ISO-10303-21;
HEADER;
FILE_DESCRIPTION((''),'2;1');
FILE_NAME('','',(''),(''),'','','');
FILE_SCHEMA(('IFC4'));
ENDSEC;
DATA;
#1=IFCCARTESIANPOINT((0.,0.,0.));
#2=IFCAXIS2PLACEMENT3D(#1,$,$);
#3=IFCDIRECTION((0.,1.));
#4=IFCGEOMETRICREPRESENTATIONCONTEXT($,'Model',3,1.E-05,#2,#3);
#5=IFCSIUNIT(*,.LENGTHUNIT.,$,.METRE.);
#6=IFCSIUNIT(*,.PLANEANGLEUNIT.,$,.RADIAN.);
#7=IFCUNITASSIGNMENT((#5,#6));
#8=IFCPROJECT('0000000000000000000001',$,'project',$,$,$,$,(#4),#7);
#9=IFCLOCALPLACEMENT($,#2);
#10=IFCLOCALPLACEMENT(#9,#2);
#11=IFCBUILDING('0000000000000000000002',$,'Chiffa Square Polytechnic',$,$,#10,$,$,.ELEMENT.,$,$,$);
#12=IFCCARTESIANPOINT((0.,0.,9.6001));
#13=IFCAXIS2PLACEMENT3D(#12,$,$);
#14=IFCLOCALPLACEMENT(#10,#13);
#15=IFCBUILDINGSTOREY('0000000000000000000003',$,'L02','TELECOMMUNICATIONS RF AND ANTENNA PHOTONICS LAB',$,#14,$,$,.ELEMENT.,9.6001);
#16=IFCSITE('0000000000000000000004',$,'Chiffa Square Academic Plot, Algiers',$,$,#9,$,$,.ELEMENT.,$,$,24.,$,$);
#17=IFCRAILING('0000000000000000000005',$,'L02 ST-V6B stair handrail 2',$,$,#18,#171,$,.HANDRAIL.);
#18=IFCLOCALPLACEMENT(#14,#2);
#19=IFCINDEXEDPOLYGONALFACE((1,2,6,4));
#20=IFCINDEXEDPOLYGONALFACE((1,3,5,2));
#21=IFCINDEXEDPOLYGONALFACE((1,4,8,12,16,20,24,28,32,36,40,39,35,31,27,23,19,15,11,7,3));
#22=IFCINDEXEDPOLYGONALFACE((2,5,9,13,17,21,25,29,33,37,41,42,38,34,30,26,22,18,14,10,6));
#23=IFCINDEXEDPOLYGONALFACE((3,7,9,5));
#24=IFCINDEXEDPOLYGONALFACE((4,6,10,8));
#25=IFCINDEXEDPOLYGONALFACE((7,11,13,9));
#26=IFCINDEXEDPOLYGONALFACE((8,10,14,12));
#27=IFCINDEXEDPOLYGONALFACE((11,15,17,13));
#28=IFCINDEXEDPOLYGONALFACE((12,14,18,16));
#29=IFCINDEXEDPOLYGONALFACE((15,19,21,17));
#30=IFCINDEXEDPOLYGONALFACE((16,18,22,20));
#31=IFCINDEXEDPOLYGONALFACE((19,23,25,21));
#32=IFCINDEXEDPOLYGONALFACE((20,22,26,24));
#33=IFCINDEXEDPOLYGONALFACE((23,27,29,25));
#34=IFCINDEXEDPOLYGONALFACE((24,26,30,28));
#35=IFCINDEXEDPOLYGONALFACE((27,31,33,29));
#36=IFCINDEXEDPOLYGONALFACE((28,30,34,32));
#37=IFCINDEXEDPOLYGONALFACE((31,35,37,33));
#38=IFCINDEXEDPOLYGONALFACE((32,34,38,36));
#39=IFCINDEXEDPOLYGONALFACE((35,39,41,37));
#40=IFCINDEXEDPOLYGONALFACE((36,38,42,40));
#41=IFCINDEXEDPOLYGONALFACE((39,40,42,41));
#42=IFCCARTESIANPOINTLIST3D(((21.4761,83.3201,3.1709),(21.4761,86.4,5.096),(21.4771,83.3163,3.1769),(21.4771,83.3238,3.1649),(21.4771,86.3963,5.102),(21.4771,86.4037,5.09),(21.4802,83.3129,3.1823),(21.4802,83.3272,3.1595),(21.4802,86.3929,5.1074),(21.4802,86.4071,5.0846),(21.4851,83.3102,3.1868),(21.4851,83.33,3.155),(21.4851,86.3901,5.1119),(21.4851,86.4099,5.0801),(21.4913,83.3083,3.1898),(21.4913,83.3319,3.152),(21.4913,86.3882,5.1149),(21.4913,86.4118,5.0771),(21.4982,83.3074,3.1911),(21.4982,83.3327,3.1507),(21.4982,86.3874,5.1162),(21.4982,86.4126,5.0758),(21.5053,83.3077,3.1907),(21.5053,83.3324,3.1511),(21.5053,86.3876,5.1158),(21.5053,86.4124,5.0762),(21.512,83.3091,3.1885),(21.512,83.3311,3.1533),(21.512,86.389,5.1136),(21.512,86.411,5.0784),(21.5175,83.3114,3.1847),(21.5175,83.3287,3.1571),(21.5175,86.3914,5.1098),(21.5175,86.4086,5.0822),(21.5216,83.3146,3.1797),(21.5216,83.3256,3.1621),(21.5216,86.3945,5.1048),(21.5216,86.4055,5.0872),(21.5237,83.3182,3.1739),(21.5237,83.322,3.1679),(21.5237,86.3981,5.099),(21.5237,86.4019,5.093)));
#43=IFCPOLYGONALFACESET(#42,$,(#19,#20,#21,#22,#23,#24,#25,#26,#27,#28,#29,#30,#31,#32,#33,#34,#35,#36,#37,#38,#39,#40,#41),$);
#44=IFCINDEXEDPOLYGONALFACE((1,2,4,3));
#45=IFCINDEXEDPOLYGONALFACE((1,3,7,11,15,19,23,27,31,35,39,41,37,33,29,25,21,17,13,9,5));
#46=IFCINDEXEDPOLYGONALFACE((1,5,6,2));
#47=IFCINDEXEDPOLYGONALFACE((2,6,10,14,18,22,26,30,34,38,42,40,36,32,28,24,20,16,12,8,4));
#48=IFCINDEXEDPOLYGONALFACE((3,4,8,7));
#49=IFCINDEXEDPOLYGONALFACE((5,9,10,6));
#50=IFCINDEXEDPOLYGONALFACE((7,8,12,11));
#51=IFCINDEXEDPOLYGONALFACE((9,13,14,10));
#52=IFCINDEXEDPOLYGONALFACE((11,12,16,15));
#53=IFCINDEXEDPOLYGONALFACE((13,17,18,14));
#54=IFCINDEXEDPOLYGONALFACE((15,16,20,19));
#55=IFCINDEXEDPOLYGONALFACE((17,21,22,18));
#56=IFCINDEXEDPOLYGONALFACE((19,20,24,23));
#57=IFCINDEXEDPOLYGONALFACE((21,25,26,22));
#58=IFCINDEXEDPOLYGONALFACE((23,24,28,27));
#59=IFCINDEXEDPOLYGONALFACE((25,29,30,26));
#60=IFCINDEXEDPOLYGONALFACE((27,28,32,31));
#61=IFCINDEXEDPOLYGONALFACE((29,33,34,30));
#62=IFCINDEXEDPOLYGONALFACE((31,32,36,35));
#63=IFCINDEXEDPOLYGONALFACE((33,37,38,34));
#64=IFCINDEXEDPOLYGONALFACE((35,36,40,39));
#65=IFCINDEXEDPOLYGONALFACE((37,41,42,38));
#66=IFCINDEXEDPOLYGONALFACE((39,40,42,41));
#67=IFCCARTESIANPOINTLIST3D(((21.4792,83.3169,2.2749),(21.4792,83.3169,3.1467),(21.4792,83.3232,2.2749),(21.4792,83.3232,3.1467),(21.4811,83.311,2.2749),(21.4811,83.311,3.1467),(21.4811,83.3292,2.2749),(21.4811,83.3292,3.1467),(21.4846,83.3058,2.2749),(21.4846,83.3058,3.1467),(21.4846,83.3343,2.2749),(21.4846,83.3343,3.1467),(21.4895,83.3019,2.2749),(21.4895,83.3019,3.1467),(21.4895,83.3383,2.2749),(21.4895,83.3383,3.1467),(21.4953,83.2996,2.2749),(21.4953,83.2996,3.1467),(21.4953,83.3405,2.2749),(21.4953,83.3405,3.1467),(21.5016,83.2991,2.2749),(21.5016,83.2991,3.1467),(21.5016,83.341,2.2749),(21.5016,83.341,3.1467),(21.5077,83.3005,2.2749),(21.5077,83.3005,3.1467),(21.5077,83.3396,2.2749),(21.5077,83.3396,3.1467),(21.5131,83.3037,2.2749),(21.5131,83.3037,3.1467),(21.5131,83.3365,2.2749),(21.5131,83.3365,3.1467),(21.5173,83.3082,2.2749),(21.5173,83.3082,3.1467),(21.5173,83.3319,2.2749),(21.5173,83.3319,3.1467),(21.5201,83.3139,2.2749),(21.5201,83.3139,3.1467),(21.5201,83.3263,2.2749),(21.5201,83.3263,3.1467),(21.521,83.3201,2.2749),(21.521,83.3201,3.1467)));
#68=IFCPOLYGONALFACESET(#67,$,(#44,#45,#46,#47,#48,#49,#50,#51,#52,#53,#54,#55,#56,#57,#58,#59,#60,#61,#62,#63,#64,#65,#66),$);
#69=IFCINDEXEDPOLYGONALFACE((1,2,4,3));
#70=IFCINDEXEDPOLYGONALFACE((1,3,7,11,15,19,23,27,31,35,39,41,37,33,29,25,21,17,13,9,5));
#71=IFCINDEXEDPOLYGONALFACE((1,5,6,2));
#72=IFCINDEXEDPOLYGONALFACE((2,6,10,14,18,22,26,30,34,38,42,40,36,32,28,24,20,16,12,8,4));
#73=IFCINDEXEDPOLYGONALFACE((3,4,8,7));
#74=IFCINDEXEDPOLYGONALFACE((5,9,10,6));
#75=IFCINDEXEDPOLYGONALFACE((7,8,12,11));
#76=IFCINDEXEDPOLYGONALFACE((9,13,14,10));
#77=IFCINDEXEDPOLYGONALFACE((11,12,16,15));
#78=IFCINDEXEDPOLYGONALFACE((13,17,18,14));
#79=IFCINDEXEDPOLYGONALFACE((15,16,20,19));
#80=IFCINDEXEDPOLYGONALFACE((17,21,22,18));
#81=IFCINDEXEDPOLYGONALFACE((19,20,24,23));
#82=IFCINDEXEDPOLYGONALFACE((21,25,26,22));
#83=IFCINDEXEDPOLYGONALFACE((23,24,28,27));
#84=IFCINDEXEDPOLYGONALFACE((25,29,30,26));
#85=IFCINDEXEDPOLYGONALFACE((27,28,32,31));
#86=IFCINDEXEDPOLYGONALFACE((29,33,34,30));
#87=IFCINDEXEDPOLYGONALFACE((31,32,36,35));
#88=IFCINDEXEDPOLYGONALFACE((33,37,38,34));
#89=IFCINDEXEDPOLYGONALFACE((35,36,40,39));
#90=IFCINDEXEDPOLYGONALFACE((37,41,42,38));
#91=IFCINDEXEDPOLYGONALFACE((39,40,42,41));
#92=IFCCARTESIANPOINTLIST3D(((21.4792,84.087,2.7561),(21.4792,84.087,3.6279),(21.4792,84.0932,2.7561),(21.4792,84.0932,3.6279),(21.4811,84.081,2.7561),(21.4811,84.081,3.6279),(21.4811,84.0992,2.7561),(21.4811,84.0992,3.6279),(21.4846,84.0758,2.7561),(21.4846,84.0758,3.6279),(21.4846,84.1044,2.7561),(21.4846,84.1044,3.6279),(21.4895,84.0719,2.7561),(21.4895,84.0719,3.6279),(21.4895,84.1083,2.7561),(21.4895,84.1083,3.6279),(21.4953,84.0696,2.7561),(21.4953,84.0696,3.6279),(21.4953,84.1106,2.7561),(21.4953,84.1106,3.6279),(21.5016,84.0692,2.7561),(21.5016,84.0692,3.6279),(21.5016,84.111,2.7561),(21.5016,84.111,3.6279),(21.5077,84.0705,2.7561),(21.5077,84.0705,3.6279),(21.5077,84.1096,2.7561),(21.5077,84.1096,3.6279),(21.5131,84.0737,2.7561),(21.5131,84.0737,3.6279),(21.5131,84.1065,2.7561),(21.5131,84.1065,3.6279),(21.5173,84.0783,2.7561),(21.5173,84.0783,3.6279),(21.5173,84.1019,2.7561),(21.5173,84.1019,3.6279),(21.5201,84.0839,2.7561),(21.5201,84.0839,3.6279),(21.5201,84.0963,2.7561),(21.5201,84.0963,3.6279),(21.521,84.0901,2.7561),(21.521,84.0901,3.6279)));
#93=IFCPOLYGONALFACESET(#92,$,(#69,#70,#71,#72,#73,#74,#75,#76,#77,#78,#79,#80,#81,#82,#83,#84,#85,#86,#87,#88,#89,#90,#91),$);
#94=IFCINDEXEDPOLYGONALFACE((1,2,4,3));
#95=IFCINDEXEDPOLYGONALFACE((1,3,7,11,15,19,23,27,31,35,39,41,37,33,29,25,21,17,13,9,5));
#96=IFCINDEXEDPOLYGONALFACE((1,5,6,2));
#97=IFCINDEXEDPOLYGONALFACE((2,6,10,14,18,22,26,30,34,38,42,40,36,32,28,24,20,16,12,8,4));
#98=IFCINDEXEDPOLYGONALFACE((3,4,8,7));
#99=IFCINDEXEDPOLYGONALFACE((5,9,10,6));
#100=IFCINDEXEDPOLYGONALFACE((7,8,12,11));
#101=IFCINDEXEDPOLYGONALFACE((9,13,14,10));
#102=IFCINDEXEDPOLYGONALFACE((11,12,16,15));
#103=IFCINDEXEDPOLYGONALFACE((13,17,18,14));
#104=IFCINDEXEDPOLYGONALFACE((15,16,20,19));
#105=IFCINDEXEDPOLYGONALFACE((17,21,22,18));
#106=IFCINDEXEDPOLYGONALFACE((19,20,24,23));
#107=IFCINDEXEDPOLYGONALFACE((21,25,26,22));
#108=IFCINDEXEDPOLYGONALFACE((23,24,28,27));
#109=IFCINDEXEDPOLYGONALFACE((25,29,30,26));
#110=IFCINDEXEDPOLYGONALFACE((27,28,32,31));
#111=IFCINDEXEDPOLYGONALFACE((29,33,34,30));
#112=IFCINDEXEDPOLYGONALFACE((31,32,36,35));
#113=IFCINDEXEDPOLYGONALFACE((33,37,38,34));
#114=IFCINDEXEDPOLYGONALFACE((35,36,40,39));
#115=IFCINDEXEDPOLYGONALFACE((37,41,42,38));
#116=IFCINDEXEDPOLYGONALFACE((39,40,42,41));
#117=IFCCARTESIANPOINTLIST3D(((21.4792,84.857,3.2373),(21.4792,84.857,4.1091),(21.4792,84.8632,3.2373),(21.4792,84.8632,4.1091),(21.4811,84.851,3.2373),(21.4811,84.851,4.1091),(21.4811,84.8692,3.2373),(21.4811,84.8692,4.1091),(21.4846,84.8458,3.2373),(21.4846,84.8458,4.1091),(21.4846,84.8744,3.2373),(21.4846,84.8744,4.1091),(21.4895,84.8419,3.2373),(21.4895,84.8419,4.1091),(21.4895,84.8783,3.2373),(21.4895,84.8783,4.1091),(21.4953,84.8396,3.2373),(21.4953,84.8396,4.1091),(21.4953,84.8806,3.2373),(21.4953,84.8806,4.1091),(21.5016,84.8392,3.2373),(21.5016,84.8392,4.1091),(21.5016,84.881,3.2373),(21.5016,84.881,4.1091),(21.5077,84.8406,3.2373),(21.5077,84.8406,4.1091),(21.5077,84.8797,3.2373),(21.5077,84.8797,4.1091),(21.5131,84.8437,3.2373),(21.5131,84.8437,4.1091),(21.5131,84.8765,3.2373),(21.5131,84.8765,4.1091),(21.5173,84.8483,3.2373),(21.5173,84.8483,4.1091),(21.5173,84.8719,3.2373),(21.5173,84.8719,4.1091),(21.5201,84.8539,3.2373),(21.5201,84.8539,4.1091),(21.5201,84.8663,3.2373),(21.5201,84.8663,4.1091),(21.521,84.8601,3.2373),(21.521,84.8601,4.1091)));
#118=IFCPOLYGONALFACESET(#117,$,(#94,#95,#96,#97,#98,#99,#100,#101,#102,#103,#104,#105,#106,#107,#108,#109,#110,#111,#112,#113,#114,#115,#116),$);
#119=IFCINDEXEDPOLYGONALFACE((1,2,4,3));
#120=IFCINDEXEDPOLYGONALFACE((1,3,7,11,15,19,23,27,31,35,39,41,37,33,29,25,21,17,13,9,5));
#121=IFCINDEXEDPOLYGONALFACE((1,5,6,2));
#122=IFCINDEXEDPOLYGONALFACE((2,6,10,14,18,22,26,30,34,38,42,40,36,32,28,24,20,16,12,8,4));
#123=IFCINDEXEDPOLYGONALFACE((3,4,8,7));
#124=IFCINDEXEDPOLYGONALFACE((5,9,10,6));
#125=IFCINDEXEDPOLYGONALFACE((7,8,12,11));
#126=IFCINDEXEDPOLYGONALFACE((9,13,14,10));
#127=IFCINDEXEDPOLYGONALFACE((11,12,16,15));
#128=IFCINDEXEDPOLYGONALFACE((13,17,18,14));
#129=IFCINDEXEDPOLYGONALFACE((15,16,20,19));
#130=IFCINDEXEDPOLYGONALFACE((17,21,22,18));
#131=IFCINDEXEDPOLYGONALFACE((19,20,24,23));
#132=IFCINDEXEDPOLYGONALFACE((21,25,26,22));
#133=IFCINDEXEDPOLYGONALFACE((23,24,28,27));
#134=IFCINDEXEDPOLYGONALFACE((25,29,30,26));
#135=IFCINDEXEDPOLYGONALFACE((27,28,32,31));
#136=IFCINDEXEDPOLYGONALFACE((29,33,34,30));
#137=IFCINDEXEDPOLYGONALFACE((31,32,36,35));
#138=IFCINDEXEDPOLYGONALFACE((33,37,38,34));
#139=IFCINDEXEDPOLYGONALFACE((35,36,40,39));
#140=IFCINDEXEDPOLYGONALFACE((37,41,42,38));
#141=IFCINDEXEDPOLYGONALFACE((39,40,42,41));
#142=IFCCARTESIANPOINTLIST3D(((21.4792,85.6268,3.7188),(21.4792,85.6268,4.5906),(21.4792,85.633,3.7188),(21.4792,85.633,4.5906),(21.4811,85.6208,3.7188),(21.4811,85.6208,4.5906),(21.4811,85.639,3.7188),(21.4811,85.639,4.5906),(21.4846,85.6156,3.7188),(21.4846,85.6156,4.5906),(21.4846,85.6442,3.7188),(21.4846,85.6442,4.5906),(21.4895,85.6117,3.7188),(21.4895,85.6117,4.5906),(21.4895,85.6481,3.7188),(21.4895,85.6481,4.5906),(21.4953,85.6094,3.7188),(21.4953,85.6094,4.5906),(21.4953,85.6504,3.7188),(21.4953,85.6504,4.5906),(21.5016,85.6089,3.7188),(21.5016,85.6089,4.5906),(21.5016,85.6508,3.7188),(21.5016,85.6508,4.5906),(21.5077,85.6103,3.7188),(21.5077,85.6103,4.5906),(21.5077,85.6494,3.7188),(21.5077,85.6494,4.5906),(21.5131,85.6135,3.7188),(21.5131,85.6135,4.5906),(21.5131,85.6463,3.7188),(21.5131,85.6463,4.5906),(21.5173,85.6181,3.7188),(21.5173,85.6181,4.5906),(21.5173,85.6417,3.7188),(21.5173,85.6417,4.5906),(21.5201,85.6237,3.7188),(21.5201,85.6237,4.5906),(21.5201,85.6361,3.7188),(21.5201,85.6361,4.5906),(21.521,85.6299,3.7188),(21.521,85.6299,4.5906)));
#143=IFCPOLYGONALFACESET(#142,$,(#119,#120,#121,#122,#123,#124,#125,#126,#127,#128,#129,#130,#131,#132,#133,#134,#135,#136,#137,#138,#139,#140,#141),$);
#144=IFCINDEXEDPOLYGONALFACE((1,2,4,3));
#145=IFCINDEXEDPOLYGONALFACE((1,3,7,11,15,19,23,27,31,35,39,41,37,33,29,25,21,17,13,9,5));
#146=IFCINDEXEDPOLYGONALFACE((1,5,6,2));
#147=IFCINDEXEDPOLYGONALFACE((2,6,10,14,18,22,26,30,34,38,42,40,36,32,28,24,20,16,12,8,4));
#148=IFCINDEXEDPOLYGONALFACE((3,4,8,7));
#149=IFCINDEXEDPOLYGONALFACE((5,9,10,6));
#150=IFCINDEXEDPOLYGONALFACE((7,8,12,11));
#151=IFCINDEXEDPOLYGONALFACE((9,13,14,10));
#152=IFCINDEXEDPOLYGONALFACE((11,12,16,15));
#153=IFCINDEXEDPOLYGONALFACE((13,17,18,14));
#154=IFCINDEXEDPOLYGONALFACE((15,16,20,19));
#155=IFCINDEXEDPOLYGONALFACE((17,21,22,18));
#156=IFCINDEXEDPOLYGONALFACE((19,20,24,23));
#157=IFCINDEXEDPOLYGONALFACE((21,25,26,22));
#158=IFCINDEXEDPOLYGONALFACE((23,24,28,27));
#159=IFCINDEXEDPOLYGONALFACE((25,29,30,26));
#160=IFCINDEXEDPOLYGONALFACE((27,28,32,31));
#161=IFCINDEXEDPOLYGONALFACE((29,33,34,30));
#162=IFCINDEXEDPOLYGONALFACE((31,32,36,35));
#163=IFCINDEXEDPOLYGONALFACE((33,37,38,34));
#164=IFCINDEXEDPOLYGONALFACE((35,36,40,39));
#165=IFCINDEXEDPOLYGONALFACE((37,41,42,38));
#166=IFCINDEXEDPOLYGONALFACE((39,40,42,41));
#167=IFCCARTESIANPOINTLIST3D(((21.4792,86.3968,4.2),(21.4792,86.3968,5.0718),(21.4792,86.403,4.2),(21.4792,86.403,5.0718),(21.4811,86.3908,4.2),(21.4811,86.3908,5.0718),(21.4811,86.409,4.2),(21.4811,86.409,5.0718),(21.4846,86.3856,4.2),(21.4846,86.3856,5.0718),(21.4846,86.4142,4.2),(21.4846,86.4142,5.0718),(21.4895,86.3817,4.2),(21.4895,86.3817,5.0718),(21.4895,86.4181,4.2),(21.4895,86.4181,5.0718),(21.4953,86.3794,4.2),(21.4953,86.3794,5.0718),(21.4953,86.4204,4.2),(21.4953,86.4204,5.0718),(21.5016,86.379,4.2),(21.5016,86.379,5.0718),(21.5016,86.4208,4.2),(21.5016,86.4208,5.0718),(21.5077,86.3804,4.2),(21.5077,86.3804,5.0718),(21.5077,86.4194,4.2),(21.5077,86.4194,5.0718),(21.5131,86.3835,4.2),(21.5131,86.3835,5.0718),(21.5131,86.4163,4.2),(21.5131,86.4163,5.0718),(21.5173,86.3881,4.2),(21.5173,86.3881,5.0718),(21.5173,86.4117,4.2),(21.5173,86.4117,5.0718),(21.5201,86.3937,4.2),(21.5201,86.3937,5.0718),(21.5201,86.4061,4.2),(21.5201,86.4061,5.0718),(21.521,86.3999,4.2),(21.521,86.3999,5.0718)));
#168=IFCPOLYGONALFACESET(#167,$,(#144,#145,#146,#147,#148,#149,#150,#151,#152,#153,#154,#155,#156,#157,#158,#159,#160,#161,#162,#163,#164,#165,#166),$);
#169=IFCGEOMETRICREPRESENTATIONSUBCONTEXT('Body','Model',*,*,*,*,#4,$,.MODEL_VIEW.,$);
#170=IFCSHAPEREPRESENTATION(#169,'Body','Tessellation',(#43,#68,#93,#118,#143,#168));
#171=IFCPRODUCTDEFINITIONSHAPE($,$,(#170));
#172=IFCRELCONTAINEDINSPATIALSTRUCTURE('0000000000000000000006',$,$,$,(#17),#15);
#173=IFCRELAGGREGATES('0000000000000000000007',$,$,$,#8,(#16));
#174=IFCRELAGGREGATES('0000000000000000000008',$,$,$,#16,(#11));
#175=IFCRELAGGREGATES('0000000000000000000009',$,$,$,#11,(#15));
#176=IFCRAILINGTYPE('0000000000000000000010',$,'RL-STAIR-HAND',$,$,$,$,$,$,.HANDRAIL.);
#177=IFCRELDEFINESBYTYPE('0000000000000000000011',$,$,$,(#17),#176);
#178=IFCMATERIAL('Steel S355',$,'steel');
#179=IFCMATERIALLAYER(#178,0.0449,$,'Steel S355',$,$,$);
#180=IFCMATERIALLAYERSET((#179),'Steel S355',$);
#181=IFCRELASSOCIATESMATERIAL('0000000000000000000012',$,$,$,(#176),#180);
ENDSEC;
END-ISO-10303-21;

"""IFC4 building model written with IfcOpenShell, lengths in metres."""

from ifc_helpers import new_model, si_unit, direction, frame, origin, origin_2d, place, context, subcontext, project, spatial, circle, extrude, material, layer, layer_set, type_object, element, save


model = new_model("IFC4")

# Units and contexts
model_context = context("Model", 3, precision=1e-05, world=origin(), true_north=direction((0.0, 1.0)))
body_context = subcontext(model_context, "Body", "Model", "MODEL_VIEW")
ifc_project = project(units=[si_unit("LENGTHUNIT", "METRE"), si_unit("PLANEANGLEUNIT", "RADIAN")], contexts=[model_context])

# Site, building, storey
site_placement = place(None, origin())
site = spatial("IfcSite", under=ifc_project, at=site_placement, Name="Chiffa Square Academic Plot, Algiers", CompositionType="ELEMENT", RefElevation=24.0)
building_placement = place(site_placement, origin())
building = spatial("IfcBuilding", under=site, at=building_placement, Name="Chiffa Square Polytechnic", CompositionType="ELEMENT")
storey_placement = place(building_placement, frame((0.0, 0.0, 9.6001)))
storey = spatial("IfcBuildingStorey", under=building, at=storey_placement, Name="L02", Description="TELECOMMUNICATIONS RF AND ANTENNA PHOTONICS LAB", CompositionType="ELEMENT", Elevation=9.6001)

# Railing
ifc_material_1 = material(Name="Steel S355", Category="steel")
ifc_layer_1 = layer(ifc_material_1, 0.0449, Name="Steel S355")
ifc_layer_set_1 = layer_set([ifc_layer_1], Name="Steel S355")
railing_type_1 = type_object("IfcRailingType", Name="RL-STAIR-HAND", PredefinedType="HANDRAIL", material=ifc_layer_set_1)
railing_1_placement = place(storey_placement, frame((21.5, 83.3201, 2.2749)))
element("IfcRailing", 1, at=railing_1_placement, inside=storey, type_object=railing_type_1, Name="L02 ST-V6B stair handrail 2", PredefinedType="HANDRAIL", context=body_context, shape_type="SweptSolid", body=[
    extrude(circle(Radius=0.0239, at=origin_2d()), frame((0.0, 0.0, 0.896), z_axis=(0.0, 0.847979, 0.530029), x_axis=(-1.0, 0.0, 0.0)), (0.0, 0.0, 1.0), 3.6321),
    extrude(circle(Radius=0.021, at=origin_2d()), origin(), (0.0, 0.0, 1.0), 0.8718),
    extrude(circle(Radius=0.021, at=origin_2d()), frame((0.0, 0.77, 0.4812)), (0.0, 0.0, 1.0), 0.8718),
    extrude(circle(Radius=0.021, at=origin_2d()), frame((0.0, 1.54, 0.9624)), (0.0, 0.0, 1.0), 0.8718),
    extrude(circle(Radius=0.021, at=origin_2d()), frame((0.0, 2.3098, 1.4438)), (0.0, 0.0, 1.0), 0.8718),
    extrude(circle(Radius=0.021, at=origin_2d()), frame((0.0, 3.0798, 1.925)), (0.0, 0.0, 1.0), 0.8718),
])

save(model, "model.ifc")
